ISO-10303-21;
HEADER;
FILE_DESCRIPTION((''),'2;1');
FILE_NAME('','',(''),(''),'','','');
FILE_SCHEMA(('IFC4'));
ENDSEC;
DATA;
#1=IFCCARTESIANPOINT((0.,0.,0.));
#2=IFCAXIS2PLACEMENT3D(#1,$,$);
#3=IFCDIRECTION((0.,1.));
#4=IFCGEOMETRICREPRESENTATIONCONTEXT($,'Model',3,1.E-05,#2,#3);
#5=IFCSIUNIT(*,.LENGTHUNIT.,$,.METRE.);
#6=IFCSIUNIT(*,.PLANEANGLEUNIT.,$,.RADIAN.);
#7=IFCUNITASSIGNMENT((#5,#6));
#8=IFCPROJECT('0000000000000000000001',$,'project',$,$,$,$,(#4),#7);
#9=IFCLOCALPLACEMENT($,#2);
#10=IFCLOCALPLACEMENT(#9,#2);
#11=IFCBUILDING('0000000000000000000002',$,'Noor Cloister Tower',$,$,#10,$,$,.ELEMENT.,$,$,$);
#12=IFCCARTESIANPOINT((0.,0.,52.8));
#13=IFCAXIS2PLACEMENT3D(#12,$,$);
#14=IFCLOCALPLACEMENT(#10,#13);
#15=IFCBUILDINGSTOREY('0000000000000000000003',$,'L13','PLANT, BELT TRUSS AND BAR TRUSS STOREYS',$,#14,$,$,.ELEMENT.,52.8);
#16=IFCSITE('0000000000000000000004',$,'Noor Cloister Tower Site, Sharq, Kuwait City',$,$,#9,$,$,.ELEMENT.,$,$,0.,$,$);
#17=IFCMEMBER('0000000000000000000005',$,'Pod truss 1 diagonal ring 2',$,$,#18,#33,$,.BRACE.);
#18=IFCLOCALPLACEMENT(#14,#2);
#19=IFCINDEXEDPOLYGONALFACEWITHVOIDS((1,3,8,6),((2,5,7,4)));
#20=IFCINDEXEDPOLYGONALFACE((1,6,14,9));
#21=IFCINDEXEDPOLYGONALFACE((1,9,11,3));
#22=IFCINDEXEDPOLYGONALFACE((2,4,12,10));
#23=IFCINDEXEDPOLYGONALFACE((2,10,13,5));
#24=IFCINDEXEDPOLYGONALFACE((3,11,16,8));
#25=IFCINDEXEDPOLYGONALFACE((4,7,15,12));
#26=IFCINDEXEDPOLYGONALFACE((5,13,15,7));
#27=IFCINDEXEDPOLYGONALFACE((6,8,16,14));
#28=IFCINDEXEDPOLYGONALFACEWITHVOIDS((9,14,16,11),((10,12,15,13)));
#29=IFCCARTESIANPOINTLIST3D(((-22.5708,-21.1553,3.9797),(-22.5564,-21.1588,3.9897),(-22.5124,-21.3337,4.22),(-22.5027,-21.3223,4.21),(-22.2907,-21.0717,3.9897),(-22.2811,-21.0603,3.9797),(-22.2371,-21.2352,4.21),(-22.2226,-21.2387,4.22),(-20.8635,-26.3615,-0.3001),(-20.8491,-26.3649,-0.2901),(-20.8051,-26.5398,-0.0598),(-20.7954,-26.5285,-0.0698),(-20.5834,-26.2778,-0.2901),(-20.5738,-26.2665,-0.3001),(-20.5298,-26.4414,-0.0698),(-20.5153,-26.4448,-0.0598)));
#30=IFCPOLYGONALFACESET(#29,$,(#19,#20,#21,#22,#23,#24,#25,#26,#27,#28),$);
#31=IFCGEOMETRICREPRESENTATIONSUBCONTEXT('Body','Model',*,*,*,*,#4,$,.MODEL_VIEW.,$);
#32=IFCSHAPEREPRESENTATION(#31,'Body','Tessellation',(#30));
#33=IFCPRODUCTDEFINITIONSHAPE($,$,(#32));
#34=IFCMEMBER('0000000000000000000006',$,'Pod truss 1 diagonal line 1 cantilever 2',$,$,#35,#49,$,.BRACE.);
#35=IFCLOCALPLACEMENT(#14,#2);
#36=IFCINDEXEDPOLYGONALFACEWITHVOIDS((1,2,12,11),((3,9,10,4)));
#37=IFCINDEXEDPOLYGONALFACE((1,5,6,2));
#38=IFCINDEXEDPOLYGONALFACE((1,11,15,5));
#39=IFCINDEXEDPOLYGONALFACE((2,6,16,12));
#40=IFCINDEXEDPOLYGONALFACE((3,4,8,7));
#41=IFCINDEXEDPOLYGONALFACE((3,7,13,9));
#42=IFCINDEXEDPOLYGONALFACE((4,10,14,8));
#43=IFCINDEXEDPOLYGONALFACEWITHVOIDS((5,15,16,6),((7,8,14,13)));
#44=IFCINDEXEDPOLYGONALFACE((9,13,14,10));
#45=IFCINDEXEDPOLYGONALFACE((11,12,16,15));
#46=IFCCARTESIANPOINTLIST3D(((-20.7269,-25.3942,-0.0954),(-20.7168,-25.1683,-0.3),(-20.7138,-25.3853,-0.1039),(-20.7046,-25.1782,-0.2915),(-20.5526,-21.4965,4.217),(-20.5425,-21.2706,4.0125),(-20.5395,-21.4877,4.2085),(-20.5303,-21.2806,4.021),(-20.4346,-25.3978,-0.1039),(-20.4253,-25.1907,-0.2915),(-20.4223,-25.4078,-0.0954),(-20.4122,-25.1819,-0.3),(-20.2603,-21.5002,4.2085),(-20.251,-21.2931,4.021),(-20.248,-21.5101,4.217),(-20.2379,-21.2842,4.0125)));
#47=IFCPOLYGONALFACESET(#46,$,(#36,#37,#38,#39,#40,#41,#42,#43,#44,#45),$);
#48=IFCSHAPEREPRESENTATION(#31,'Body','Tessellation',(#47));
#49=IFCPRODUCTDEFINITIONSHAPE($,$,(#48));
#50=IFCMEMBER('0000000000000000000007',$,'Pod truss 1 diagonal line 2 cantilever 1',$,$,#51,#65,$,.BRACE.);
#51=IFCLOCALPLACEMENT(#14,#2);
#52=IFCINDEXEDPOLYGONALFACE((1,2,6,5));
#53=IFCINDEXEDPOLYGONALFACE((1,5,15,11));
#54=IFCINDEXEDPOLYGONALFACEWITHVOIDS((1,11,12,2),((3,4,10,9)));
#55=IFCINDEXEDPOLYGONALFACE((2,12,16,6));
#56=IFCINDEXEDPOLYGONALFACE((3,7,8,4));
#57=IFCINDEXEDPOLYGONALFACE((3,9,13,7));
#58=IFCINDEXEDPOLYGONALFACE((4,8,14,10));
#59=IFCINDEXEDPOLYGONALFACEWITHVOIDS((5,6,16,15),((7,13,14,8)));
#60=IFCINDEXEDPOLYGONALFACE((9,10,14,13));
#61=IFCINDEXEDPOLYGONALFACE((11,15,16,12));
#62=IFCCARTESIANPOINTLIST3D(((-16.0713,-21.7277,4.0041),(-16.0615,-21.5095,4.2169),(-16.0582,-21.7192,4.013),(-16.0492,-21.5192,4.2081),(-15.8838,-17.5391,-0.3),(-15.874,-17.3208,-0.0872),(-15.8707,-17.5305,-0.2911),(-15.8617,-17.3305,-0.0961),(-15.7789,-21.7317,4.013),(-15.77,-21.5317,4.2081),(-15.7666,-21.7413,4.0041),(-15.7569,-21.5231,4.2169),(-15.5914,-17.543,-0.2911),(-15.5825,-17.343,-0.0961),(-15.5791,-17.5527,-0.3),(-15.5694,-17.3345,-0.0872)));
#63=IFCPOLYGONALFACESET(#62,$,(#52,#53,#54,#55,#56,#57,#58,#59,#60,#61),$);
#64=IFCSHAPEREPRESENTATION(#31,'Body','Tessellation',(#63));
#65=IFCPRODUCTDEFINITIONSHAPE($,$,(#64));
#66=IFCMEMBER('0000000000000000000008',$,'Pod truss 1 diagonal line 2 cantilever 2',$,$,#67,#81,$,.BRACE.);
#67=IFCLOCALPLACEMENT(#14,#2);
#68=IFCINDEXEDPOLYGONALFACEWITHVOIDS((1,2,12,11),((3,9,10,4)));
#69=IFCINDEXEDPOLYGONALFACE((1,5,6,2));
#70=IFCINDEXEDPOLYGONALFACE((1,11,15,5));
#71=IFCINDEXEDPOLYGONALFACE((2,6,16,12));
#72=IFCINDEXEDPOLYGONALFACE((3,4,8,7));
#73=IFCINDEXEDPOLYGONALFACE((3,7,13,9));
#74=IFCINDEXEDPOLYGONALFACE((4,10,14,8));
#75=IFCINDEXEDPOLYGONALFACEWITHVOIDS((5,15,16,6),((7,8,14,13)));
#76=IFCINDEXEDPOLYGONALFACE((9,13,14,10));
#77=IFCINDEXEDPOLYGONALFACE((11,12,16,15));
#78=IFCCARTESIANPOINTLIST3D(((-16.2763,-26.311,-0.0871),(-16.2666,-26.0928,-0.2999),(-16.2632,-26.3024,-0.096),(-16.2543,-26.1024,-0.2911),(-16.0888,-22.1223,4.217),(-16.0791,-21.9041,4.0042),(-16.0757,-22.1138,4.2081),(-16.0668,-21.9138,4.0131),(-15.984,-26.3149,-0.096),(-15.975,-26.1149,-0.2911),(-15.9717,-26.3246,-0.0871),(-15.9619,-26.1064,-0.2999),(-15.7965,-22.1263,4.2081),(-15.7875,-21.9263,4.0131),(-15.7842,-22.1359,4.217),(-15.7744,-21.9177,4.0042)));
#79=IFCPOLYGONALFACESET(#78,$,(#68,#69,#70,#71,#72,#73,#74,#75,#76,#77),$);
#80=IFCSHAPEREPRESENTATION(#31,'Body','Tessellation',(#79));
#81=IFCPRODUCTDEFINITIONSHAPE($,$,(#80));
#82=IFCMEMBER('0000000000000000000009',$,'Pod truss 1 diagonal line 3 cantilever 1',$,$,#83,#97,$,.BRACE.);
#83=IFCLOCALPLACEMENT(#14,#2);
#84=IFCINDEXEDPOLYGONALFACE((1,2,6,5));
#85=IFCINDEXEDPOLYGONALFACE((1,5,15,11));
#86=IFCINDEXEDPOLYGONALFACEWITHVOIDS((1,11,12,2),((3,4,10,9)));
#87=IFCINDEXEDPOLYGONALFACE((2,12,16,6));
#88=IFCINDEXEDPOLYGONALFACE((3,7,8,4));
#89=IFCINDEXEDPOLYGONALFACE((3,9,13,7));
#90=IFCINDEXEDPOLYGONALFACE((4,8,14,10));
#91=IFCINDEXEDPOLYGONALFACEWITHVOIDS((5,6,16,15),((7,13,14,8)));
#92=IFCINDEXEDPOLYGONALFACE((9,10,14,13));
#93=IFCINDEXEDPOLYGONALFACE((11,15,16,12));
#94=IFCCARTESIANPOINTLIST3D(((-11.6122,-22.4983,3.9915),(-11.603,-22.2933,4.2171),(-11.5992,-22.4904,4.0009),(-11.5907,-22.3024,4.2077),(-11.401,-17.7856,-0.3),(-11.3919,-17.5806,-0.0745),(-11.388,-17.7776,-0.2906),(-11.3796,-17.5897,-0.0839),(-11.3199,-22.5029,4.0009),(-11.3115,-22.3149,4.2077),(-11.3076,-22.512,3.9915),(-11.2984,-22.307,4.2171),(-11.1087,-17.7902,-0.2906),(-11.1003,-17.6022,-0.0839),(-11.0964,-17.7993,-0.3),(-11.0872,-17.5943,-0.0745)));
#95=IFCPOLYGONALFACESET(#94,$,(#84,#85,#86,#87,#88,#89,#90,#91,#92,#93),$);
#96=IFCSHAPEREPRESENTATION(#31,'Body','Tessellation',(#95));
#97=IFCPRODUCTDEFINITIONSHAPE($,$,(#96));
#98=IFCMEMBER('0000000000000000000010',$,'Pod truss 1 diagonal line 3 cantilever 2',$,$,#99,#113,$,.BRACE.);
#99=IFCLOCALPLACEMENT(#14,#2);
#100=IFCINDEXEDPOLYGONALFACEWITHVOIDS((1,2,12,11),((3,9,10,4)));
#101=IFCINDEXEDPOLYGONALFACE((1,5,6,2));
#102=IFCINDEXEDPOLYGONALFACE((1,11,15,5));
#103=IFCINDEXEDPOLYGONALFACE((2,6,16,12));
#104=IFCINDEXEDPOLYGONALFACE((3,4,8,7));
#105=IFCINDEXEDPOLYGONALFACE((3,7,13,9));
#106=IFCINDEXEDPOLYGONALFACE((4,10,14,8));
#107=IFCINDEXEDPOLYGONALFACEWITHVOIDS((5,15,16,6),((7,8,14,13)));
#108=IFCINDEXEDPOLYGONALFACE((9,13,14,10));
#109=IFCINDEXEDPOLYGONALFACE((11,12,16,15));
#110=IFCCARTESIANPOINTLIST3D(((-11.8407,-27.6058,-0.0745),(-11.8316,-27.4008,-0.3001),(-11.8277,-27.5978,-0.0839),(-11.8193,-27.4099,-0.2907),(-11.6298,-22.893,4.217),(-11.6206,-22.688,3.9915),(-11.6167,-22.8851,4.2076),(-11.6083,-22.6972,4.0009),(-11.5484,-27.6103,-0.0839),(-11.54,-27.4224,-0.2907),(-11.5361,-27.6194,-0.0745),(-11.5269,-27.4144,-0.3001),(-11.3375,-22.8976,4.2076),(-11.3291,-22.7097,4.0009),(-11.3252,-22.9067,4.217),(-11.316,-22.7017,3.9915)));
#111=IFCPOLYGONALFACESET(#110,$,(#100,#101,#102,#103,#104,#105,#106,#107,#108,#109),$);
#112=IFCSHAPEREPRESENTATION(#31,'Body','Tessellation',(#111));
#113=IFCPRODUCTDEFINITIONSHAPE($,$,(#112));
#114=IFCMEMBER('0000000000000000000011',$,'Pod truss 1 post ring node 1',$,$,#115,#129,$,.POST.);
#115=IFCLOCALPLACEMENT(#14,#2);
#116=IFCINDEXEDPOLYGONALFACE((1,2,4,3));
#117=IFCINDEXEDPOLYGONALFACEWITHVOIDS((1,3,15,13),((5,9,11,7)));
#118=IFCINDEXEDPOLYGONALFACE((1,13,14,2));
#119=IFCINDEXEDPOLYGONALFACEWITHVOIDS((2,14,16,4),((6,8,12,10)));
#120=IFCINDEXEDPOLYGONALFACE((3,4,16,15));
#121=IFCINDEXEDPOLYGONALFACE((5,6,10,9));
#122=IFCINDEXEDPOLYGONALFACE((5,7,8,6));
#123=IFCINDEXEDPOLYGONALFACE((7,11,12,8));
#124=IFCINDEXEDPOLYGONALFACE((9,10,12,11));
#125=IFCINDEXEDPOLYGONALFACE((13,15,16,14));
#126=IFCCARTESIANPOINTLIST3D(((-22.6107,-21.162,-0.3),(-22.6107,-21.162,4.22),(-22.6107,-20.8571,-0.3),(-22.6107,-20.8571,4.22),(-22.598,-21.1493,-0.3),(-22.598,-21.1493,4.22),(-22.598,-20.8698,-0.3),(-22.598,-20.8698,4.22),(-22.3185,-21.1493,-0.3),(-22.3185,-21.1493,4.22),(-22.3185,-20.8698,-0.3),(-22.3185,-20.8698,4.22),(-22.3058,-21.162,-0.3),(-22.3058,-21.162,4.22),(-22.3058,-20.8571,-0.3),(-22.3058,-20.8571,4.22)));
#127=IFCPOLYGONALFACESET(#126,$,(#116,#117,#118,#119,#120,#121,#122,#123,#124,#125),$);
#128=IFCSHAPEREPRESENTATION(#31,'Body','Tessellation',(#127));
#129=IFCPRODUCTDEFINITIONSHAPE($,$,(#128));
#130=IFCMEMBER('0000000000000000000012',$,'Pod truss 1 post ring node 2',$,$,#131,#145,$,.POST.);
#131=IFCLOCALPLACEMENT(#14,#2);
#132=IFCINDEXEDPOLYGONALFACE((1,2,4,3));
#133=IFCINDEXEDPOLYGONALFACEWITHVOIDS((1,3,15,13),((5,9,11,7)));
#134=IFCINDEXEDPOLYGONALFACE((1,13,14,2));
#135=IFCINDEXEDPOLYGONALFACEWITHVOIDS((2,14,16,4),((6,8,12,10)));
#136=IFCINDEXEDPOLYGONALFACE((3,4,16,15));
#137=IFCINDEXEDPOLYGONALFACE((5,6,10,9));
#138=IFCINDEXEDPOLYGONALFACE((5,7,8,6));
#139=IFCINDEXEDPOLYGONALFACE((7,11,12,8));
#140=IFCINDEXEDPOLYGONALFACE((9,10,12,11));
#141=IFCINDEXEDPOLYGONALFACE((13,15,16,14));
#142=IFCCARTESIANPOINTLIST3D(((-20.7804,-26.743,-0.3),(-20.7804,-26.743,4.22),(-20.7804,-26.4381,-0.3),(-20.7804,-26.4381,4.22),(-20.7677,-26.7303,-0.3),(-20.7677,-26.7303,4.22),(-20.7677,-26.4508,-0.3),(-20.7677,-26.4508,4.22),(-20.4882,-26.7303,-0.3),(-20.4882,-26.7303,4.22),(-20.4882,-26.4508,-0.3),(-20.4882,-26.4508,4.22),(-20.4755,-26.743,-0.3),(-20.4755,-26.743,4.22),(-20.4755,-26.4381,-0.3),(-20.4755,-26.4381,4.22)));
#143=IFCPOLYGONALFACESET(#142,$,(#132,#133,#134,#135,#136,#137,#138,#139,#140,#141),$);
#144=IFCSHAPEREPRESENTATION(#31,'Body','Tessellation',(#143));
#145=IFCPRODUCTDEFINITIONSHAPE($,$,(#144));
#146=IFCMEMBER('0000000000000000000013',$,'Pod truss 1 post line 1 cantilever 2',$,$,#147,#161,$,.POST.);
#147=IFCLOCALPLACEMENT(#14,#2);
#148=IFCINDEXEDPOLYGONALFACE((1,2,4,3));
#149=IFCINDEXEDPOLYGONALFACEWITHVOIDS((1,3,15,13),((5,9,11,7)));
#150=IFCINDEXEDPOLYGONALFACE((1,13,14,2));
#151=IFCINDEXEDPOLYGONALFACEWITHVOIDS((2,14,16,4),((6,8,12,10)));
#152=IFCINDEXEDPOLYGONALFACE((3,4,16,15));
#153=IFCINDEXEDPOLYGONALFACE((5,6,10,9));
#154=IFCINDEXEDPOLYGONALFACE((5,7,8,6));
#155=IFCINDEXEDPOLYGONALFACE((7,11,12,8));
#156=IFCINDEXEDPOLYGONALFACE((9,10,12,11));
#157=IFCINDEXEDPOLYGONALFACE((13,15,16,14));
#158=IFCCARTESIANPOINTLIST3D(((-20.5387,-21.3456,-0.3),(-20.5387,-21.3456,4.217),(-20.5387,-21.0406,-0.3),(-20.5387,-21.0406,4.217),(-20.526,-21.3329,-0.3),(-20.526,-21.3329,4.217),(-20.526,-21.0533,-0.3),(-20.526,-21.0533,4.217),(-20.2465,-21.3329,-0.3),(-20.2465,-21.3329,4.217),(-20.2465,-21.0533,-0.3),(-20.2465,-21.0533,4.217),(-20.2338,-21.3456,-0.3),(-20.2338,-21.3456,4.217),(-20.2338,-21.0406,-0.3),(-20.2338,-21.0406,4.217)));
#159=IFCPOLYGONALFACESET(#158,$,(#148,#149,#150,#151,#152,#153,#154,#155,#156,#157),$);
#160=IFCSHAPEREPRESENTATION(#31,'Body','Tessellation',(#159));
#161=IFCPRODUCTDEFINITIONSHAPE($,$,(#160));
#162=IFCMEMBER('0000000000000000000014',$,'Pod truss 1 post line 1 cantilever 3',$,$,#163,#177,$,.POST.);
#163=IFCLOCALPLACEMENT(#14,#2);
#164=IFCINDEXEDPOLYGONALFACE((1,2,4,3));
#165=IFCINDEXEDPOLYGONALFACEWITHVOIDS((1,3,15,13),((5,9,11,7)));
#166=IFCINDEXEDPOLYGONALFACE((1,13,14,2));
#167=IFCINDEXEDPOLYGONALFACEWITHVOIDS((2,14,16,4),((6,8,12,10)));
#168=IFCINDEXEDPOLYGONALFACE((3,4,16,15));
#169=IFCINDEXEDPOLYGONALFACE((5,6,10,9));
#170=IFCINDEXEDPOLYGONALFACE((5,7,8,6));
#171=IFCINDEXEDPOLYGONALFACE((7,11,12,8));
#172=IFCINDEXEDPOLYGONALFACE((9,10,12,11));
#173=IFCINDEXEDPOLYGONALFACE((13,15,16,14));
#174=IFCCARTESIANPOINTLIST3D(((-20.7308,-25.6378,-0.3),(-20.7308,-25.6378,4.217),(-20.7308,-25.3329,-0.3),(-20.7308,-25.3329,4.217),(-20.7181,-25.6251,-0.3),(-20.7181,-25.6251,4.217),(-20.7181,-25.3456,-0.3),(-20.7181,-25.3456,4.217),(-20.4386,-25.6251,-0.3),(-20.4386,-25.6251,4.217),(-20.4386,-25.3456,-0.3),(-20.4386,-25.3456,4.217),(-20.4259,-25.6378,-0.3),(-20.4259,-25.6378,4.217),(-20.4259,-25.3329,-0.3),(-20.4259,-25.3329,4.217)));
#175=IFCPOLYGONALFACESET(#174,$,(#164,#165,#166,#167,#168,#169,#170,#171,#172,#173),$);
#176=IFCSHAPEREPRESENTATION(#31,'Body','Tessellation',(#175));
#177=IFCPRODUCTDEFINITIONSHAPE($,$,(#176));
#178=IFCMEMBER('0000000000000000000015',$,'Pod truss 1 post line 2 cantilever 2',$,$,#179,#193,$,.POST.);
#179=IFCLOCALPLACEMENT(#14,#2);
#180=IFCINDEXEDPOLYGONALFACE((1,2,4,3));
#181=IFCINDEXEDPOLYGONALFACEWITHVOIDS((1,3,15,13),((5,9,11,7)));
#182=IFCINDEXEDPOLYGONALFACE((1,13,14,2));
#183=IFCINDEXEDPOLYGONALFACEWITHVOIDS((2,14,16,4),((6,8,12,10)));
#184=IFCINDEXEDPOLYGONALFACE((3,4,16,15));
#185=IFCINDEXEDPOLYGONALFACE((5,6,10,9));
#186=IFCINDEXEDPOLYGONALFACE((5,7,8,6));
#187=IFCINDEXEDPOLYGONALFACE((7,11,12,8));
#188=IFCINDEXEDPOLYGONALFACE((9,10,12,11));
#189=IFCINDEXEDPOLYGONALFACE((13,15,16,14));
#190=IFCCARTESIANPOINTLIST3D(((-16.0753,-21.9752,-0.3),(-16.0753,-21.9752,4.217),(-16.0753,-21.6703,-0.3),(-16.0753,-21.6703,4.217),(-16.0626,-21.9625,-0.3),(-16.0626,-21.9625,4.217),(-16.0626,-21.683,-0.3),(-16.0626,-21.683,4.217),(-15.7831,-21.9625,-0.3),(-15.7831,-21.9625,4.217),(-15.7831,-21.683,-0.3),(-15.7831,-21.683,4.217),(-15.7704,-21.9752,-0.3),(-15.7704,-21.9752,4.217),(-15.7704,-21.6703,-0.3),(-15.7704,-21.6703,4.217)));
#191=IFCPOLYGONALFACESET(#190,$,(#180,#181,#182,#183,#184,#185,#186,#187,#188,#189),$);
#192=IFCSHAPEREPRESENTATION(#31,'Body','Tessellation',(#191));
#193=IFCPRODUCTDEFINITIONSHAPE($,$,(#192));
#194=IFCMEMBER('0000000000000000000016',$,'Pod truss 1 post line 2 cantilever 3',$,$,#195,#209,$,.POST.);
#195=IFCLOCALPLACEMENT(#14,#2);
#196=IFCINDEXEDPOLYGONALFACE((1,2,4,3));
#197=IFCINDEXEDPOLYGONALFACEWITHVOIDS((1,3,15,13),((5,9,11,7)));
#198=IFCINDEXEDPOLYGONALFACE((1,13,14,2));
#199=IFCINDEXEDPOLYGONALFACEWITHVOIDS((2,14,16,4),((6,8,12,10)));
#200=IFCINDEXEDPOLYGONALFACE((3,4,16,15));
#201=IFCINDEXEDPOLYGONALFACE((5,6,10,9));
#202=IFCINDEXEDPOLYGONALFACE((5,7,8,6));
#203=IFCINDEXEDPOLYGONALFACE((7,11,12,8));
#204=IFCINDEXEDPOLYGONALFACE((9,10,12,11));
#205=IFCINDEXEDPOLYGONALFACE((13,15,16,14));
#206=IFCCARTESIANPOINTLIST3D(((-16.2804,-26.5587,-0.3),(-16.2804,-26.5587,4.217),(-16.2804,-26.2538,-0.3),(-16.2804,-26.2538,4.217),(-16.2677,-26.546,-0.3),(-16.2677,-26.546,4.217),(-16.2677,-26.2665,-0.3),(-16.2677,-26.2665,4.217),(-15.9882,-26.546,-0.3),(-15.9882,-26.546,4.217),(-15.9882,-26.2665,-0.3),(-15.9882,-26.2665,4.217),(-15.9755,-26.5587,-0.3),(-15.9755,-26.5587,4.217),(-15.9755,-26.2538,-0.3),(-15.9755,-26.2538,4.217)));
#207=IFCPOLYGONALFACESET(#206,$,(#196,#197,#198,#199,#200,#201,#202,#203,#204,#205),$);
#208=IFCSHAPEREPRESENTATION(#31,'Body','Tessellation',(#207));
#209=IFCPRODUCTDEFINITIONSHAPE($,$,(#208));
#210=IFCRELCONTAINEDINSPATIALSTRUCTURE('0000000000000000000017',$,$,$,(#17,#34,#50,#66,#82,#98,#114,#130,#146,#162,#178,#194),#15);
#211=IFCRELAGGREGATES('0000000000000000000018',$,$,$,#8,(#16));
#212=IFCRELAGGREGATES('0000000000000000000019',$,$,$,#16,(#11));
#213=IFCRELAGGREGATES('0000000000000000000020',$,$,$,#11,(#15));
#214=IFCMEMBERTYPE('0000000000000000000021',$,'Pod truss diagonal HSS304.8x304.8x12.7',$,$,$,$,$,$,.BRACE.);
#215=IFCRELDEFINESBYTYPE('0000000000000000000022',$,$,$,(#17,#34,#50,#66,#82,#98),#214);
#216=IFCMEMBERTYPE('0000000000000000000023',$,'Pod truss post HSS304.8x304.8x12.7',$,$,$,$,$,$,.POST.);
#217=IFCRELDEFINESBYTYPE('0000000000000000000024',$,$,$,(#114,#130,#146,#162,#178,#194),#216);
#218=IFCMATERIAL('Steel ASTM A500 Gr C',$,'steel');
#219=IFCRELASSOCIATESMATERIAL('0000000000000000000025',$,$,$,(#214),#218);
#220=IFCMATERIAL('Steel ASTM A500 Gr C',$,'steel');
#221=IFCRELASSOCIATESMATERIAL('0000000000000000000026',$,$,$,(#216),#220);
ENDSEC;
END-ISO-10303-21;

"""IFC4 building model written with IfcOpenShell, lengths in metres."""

from ifc_helpers import new_model, si_unit, direction, frame, origin, origin_2d, place, context, subcontext, project, spatial, hollow_rectangle, extrude, material, material_profile, profile_set, type_object, element, save


model = new_model("IFC4")

# Units and contexts
model_context = context("Model", 3, precision=1e-05, world=origin(), true_north=direction((0.0, 1.0)))
body_context = subcontext(model_context, "Body", "Model", "MODEL_VIEW")
ifc_project = project(units=[si_unit("LENGTHUNIT", "METRE"), si_unit("PLANEANGLEUNIT", "RADIAN")], contexts=[model_context])

# Site, building, storey
site_placement = place(None, origin())
site = spatial("IfcSite", under=ifc_project, at=site_placement, Name="Noor Cloister Tower Site, Sharq, Kuwait City", CompositionType="ELEMENT", RefElevation=0.0)
building_placement = place(site_placement, origin())
building = spatial("IfcBuilding", under=site, at=building_placement, Name="Noor Cloister Tower", CompositionType="ELEMENT")
storey_placement = place(building_placement, frame((0.0, 0.0, 52.8)))
storey = spatial("IfcBuildingStorey", under=building, at=storey_placement, Name="L13", Description="PLANT, BELT TRUSS AND BAR TRUSS STOREYS", CompositionType="ELEMENT", Elevation=52.8)

# Members
ifc_material_1 = material(Name="Steel ASTM A500 Gr C", Category="steel")
ifc_material_profile_1 = material_profile(ifc_material_1, hollow_rectangle(XDim=0.3049, YDim=0.3049, WallThickness=0.0127, at=origin_2d()), Name="HSS304.8x304.8x12.7")
ifc_profile_set_1 = profile_set([ifc_material_profile_1], Name="Steel ASTM A500 Gr C")
member_type_1 = type_object("IfcMemberType", Name="Pod truss diagonal HSS304.8x304.8x12.7", PredefinedType="BRACE", material=ifc_profile_set_1)
member_1_placement = place(storey_placement, frame((-22.3967, -21.197, 4.0999), z_axis=(0.24557, -0.748826, -0.615593), x_axis=(0.950209, 0.311612, 0.0)))
element("IfcMember", 1, at=member_1_placement, inside=storey, type_object=member_type_1, Name="Pod truss 1 diagonal ring 2", PredefinedType="BRACE", context=body_context, shape_type="SweptSolid", body=[
    extrude(hollow_rectangle(XDim=0.3049, YDim=0.3049, WallThickness=0.0127, at=origin_2d()), origin(), (0.0, 0.0, 1.0), 6.9524),
])
member_2_placement = place(storey_placement, frame((-20.3953, -21.3904, 4.1147), z_axis=(-0.029974, -0.670226, -0.741552), x_axis=(0.999001, -0.044678, 0.0)))
element("IfcMember", 2, at=member_2_placement, inside=storey, type_object=member_type_1, Name="Pod truss 1 diagonal line 1 cantilever 2", PredefinedType="BRACE", context=body_context, shape_type="SweptSolid", body=[
    extrude(hollow_rectangle(XDim=0.3049, YDim=0.3049, WallThickness=0.0127, at=origin_2d()), origin(), (0.0, 0.0, 1.0), 5.8154),
])
for number, where, z_axis, x_axis, name in (
    (3, (-15.7266, -17.4368, -0.1936), (-0.031204, -0.697088, 0.716306), (0.999, -0.044718, 0.0), "Pod truss 1 diagonal line 2 cantilever 1"),
    (4, (-15.9316, -22.02, 4.1106), (-0.031204, -0.697088, -0.716306), (0.999, -0.044718, 0.0), "Pod truss 1 diagonal line 2 cantilever 2"),
):
    element("IfcMember", number, at=place(storey_placement, frame(where, z_axis=z_axis, x_axis=x_axis)), inside=storey, type_object=member_type_1, Name=name, PredefinedType="BRACE", context=body_context, shape_type="SweptSolid", body=[
        extrude(hollow_rectangle(XDim=0.3049, YDim=0.3049, WallThickness=0.0127, at=origin_2d()), origin(), (0.0, 0.0, 1.0), 6.0088),
    ])
for number, where, z_axis, x_axis, name in (
    (5, (-11.2441, -17.6899, -0.1873), (-0.033114, -0.738966, 0.672929), (0.998997, -0.044767, 0.0), "Pod truss 1 diagonal line 3 cantilever 1"),
    (6, (-11.4729, -22.7974, 4.1042), (-0.033076, -0.738967, -0.672929), (0.999, -0.044715, 0.0), "Pod truss 1 diagonal line 3 cantilever 2"),
):
    element("IfcMember", number, at=place(storey_placement, frame(where, z_axis=z_axis, x_axis=x_axis)), inside=storey, type_object=member_type_1, Name=name, PredefinedType="BRACE", context=body_context, shape_type="SweptSolid", body=[
        extrude(hollow_rectangle(XDim=0.3049, YDim=0.3049, WallThickness=0.0127, at=origin_2d()), origin(), (0.0, 0.0, 1.0), 6.3774),
    ])
ifc_material_2 = material(Name="Steel ASTM A500 Gr C", Category="steel")
ifc_material_profile_2 = material_profile(ifc_material_2, hollow_rectangle(XDim=0.3049, YDim=0.3049, WallThickness=0.0127, at=origin_2d()), Name="HSS304.8x304.8x12.7")
ifc_profile_set_2 = profile_set([ifc_material_profile_2], Name="Steel ASTM A500 Gr C")
member_type_2 = type_object("IfcMemberType", Name="Pod truss post HSS304.8x304.8x12.7", PredefinedType="POST", material=ifc_profile_set_2)
for number, where, z_axis, x_axis, name in (
    (7, (-22.4583, -21.0095, -0.3), (0.0, 0.0, 1.0), (1.0, 0.0, 0.0), "Pod truss 1 post ring node 1"),
    (8, (-20.6279, -26.5906, -0.3), (0.0, 0.0, 1.0), (1.0, 0.0, 0.0), "Pod truss 1 post ring node 2"),
):
    element("IfcMember", number, at=place(storey_placement, frame(where, z_axis=z_axis, x_axis=x_axis)), inside=storey, type_object=member_type_2, Name=name, PredefinedType="POST", context=body_context, shape_type="SweptSolid", body=[
        extrude(hollow_rectangle(XDim=0.3049, YDim=0.3049, WallThickness=0.0127, at=origin_2d()), origin(), (0.0, 0.0, 1.0), 4.52),
    ])
for number, where, z_axis, x_axis, name in (
    (9, (-20.3862, -21.1931, -0.3), (0.0, 0.0, 1.0), (1.0, 0.0, 0.0), "Pod truss 1 post line 1 cantilever 2"),
    (10, (-20.5784, -25.4854, -0.3), (0.0, 0.0, 1.0), (1.0, 0.0, 0.0), "Pod truss 1 post line 1 cantilever 3"),
    (11, (-15.9229, -21.8228, -0.3), (0.0, 0.0, 1.0), (1.0, 0.0, 0.0), "Pod truss 1 post line 2 cantilever 2"),
    (12, (-16.1279, -26.4062, -0.3), (0.0, 0.0, 1.0), (1.0, 0.0, 0.0), "Pod truss 1 post line 2 cantilever 3"),
):
    element("IfcMember", number, at=place(storey_placement, frame(where, z_axis=z_axis, x_axis=x_axis)), inside=storey, type_object=member_type_2, Name=name, PredefinedType="POST", context=body_context, shape_type="SweptSolid", body=[
        extrude(hollow_rectangle(XDim=0.3049, YDim=0.3049, WallThickness=0.0127, at=origin_2d()), origin(), (0.0, 0.0, 1.0), 4.5171),
    ])

save(model, "model.ifc")
